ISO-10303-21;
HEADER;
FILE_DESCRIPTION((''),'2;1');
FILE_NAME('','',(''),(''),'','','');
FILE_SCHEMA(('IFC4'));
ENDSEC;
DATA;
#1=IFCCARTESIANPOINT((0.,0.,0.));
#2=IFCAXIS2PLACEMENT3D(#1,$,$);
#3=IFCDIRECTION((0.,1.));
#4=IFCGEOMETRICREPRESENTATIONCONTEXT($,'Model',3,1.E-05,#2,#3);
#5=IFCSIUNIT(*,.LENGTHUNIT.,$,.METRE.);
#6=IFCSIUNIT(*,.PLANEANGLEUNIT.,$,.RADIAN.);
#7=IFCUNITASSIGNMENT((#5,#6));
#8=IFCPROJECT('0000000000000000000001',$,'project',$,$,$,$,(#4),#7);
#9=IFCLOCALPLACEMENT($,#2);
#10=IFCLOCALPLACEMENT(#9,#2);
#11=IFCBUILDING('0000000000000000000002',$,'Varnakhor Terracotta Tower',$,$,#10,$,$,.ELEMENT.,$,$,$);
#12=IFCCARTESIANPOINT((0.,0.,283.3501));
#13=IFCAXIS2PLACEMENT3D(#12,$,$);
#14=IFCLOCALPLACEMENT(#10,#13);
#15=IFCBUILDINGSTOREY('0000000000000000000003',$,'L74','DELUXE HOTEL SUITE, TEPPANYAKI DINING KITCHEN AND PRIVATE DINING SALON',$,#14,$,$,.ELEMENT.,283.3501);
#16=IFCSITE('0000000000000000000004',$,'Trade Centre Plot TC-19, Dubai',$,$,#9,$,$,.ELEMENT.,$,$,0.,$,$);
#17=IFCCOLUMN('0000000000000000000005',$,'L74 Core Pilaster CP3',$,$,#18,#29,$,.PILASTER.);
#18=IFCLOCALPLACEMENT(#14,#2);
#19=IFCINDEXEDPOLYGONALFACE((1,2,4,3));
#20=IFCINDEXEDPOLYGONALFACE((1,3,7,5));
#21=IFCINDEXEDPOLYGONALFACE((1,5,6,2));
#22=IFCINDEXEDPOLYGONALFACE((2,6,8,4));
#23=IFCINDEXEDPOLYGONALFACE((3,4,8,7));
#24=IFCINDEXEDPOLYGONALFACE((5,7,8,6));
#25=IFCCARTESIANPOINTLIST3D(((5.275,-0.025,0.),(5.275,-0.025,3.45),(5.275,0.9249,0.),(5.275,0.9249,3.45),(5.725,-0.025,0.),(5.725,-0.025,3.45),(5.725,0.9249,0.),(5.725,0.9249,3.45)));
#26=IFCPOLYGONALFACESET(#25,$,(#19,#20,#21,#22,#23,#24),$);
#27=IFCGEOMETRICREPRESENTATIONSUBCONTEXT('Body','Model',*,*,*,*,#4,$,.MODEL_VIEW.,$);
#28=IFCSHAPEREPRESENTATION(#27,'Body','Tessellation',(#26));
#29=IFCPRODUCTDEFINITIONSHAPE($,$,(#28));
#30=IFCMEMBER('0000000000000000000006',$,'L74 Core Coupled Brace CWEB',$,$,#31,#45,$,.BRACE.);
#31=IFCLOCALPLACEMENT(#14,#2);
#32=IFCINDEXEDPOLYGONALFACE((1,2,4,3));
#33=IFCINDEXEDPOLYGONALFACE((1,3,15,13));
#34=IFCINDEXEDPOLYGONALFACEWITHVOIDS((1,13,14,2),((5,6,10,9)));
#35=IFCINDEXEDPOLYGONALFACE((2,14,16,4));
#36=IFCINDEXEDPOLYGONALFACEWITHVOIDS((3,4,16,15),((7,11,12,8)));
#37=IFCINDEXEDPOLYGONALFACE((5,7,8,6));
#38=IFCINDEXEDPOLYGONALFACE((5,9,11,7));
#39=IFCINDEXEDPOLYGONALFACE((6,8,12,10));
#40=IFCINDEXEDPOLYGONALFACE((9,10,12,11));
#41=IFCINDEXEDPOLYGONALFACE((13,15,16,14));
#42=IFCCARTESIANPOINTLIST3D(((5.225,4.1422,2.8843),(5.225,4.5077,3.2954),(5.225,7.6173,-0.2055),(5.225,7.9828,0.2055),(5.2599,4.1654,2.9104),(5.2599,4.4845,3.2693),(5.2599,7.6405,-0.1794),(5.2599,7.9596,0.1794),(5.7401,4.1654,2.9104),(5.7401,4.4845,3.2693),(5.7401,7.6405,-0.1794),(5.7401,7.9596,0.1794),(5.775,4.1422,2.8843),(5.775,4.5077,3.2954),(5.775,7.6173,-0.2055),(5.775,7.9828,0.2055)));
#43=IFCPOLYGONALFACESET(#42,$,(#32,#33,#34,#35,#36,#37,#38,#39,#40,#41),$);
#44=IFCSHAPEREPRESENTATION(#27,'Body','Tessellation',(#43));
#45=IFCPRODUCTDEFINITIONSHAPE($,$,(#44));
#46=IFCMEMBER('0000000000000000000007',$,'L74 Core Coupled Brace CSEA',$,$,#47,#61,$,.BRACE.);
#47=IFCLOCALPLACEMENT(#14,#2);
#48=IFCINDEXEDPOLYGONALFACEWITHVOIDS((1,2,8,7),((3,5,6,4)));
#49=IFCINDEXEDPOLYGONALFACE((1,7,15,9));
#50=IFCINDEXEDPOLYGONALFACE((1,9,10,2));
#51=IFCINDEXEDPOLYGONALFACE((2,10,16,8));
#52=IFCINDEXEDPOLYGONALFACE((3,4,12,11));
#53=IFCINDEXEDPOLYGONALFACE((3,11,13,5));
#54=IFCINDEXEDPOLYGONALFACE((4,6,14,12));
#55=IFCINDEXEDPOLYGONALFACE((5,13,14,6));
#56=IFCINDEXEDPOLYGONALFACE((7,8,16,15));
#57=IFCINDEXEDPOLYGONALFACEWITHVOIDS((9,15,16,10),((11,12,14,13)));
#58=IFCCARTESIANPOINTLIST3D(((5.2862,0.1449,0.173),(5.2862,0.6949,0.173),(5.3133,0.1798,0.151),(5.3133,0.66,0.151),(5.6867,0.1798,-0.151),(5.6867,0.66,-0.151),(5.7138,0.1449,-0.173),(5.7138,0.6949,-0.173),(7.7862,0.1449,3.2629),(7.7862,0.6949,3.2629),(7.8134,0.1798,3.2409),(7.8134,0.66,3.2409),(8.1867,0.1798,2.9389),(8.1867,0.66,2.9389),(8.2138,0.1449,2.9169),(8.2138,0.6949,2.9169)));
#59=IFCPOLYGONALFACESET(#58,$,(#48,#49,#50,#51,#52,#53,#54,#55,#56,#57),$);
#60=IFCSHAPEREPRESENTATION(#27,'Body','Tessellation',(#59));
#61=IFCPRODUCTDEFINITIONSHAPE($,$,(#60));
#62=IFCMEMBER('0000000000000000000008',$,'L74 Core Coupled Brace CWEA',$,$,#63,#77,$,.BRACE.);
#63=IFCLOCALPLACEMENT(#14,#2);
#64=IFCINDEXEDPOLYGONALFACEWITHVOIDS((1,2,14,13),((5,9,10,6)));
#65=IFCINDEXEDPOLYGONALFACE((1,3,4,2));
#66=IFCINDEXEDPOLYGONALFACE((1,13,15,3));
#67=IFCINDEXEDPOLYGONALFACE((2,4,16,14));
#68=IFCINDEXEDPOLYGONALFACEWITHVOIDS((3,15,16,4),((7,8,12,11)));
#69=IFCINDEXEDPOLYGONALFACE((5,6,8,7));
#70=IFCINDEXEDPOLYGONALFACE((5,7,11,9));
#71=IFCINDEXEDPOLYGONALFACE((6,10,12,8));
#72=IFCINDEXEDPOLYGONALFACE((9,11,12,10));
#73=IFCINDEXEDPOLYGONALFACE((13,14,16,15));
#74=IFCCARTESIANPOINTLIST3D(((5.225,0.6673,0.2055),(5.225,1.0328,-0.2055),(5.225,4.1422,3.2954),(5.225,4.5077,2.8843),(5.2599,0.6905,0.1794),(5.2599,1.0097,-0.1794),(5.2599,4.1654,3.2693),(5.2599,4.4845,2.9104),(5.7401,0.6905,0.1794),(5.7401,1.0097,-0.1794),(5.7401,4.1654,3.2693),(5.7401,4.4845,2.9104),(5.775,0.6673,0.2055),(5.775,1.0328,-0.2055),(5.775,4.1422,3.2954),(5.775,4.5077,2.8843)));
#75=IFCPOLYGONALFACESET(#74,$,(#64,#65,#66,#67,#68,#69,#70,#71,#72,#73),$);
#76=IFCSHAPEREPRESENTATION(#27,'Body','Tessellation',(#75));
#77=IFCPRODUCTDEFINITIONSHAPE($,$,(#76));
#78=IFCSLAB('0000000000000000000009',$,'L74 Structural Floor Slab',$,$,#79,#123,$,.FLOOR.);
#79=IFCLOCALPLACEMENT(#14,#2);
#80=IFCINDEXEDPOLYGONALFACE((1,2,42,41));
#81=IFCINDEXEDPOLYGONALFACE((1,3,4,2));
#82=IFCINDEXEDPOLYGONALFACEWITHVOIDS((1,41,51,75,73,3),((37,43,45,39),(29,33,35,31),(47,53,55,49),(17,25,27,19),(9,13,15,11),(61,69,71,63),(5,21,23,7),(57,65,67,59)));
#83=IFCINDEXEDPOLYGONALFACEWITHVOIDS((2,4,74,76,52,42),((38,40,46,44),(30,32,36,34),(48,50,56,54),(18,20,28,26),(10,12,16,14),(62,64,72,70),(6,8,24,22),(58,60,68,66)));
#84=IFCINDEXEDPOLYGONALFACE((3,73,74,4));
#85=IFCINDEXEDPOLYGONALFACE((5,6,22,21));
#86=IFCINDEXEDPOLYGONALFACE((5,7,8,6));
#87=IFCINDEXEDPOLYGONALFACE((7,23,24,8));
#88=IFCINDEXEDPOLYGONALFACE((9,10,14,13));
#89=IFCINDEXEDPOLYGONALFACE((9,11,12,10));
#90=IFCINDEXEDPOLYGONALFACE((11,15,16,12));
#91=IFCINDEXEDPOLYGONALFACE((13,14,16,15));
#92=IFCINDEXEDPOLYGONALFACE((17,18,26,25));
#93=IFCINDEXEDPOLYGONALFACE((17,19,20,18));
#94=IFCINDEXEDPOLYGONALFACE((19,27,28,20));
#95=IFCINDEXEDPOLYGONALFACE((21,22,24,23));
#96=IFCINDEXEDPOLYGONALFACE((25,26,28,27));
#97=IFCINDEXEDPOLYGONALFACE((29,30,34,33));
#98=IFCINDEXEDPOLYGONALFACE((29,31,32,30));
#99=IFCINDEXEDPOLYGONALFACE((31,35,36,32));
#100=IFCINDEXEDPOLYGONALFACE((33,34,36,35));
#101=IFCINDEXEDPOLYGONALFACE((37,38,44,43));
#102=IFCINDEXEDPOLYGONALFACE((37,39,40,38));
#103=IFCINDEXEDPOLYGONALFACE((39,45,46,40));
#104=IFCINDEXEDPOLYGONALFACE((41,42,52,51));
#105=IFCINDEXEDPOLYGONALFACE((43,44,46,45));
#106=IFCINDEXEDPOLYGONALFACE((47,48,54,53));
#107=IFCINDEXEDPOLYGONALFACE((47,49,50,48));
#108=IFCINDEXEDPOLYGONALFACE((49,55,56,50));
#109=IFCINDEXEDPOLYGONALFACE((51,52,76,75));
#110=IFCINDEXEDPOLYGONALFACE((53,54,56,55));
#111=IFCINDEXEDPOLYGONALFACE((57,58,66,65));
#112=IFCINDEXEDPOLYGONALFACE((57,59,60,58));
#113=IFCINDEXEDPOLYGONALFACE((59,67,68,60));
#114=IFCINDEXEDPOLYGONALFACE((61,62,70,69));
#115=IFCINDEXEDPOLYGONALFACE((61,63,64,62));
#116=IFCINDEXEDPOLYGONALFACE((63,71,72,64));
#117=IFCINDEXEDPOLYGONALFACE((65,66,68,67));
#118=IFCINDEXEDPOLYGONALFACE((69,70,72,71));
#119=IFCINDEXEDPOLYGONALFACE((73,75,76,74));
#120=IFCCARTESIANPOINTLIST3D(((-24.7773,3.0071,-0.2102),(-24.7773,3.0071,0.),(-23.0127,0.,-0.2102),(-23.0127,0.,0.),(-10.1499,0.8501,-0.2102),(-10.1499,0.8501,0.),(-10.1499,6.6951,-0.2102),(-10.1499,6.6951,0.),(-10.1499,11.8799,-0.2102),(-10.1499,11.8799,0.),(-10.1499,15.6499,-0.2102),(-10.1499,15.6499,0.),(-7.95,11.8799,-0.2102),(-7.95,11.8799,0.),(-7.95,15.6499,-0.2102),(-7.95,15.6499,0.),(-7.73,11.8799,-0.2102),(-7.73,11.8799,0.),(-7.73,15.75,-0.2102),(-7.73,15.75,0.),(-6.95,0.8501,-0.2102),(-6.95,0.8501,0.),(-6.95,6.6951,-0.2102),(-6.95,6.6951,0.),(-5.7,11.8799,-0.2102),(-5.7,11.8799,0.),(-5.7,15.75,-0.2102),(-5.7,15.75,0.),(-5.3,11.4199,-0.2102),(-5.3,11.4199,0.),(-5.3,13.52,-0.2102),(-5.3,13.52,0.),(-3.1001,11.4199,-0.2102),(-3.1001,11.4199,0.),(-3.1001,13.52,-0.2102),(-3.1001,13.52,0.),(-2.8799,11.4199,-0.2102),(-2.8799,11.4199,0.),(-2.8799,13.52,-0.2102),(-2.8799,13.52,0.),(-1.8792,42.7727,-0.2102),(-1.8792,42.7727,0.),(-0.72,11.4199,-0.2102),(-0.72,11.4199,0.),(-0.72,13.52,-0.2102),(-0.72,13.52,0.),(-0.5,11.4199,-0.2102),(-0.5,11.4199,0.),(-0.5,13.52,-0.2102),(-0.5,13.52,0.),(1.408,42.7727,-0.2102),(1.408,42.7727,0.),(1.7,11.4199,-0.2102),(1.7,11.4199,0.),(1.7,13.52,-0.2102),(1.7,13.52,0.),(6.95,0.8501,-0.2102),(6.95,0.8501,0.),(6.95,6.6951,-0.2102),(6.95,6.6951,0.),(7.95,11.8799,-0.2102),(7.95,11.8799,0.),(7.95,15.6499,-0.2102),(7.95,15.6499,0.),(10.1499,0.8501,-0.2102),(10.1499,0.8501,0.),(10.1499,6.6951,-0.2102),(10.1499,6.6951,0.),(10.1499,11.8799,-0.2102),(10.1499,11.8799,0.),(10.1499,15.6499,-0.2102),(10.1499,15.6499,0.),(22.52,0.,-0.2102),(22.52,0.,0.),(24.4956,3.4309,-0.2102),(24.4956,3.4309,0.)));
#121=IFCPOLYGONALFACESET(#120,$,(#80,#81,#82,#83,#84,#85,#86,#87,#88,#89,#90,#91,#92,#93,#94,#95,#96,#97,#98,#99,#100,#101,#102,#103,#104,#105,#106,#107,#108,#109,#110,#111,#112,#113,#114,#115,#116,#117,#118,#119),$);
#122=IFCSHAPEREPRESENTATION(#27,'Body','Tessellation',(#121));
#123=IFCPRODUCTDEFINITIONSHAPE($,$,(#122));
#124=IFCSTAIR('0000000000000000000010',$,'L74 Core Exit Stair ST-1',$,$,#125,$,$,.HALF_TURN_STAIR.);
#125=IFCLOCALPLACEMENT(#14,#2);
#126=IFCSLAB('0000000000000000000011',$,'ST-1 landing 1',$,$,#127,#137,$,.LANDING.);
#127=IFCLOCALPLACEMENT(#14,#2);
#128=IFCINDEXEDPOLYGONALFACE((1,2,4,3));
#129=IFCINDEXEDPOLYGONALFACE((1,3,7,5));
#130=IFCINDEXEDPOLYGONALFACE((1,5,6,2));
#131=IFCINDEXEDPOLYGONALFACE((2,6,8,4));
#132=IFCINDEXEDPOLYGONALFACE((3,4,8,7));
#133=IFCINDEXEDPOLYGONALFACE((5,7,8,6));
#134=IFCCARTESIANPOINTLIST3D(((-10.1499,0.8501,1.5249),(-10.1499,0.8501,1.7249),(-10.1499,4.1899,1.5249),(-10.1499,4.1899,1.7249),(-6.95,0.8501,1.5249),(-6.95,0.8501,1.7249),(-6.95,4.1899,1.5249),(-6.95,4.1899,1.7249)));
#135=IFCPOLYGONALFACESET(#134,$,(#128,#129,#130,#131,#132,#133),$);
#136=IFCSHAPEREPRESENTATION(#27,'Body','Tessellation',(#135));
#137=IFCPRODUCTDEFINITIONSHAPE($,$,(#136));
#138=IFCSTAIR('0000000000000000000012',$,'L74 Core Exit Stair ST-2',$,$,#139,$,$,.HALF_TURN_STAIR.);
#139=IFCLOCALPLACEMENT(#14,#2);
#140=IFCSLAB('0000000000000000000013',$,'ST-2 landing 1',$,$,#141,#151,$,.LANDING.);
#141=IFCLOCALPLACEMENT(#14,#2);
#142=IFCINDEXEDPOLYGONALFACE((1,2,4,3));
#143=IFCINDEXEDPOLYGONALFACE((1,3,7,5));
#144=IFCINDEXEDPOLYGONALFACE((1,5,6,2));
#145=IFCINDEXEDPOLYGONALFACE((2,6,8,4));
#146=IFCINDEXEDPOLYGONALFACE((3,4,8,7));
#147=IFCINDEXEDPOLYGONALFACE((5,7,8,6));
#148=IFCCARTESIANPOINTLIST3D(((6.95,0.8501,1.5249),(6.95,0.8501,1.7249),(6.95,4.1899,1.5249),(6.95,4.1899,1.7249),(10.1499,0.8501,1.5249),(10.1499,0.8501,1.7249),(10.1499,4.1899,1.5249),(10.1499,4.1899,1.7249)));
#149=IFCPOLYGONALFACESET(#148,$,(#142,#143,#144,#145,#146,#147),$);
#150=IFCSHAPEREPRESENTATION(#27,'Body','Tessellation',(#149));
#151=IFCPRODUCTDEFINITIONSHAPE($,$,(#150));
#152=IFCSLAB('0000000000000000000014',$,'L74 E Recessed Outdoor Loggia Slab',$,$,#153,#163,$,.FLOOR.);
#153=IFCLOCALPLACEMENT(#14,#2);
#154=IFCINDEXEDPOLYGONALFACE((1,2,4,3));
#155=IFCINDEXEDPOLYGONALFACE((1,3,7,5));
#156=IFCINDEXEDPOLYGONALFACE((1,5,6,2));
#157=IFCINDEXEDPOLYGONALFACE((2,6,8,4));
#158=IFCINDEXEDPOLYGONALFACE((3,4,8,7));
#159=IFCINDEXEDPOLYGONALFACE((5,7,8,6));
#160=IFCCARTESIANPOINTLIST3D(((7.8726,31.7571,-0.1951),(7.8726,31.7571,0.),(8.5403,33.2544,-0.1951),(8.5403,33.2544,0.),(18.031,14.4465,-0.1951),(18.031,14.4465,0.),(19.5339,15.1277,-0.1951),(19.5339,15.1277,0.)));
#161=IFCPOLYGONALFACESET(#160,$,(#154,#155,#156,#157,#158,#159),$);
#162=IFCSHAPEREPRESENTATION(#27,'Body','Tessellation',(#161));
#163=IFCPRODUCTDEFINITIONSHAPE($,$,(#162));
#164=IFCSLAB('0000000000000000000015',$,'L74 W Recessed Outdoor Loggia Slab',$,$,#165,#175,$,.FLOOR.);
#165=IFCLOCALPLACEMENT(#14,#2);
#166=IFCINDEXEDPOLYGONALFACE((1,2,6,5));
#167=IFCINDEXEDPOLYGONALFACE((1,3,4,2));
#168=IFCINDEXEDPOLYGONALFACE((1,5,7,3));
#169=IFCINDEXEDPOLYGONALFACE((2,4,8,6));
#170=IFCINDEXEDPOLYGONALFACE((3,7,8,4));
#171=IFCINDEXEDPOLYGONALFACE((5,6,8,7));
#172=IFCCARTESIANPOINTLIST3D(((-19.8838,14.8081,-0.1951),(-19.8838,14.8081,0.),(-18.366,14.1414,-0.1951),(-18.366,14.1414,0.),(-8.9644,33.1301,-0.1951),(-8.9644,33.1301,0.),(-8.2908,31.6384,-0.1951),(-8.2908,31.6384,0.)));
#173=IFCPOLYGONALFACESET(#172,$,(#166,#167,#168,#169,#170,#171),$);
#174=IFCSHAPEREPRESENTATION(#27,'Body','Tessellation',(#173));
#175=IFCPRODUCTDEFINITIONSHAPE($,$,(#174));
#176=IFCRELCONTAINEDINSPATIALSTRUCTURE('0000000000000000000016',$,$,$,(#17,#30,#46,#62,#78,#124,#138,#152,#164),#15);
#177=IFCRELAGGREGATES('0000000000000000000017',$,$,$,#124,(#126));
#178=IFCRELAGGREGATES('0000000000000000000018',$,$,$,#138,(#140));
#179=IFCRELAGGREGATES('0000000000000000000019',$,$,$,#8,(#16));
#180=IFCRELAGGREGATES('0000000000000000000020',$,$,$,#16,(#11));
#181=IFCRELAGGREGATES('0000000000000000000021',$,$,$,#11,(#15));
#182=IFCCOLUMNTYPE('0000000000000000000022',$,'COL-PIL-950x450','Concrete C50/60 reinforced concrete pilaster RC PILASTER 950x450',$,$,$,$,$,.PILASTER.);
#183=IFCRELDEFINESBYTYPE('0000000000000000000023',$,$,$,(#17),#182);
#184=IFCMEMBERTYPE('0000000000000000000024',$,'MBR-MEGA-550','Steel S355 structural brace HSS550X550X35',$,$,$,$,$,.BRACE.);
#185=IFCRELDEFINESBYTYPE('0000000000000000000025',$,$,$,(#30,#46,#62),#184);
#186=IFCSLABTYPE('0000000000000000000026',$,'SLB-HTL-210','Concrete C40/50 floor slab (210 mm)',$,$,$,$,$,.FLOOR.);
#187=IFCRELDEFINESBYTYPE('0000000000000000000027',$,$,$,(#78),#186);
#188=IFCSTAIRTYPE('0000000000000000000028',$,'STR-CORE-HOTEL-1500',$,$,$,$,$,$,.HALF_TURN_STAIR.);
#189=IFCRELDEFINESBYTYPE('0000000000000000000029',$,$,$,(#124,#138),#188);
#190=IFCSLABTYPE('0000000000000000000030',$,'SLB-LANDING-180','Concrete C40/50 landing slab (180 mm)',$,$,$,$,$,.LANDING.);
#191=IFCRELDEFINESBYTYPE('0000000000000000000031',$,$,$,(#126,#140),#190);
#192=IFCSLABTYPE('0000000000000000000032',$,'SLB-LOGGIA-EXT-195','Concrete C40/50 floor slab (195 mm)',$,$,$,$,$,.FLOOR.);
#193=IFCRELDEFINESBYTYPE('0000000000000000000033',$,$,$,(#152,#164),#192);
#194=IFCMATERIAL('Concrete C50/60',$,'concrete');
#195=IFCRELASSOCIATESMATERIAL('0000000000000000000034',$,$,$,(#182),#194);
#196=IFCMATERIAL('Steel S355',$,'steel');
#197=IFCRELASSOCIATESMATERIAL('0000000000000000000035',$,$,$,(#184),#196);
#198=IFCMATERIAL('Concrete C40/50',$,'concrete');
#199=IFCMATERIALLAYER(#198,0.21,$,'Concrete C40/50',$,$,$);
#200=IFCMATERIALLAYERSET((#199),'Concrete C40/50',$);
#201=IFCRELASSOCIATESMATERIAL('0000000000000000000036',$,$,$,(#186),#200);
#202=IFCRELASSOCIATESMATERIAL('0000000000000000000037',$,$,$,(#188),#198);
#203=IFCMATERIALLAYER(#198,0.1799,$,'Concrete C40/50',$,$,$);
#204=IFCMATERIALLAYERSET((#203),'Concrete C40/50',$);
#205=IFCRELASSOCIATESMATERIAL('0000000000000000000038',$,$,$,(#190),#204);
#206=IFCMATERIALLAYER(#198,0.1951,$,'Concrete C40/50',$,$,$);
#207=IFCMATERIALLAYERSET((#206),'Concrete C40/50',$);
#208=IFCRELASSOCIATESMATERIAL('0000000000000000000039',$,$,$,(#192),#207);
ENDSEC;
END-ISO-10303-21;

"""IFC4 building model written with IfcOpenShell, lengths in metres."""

from ifc_helpers import new_model, si_unit, direction, frame, origin, origin_2d, place, context, subcontext, project, spatial, polyline, rectangle, hollow_rectangle, outline, extrude, source, transform, mapped, material, layer, layer_set, material_profile, profile_set, type_object, element, aggregate, save


model = new_model("IFC4")

# Units and contexts
model_context = context("Model", 3, precision=1e-05, world=origin(), true_north=direction((0.0, 1.0)))
body_context = subcontext(model_context, "Body", "Model", "MODEL_VIEW")
ifc_project = project(units=[si_unit("LENGTHUNIT", "METRE"), si_unit("PLANEANGLEUNIT", "RADIAN")], contexts=[model_context])

# Site, building, storey
site_placement = place(None, origin())
site = spatial("IfcSite", under=ifc_project, at=site_placement, Name="Trade Centre Plot TC-19, Dubai", CompositionType="ELEMENT", RefElevation=0.0)
building_placement = place(site_placement, origin())
building = spatial("IfcBuilding", under=site, at=building_placement, Name="Varnakhor Terracotta Tower", CompositionType="ELEMENT")
storey_placement = place(building_placement, frame((0.0, 0.0, 283.3501)))
storey = spatial("IfcBuildingStorey", under=building, at=storey_placement, Name="L74", Description="DELUXE HOTEL SUITE, TEPPANYAKI DINING KITCHEN AND PRIVATE DINING SALON", CompositionType="ELEMENT", Elevation=283.3501)

# Column
ifc_material_1 = material(Name="Concrete C50/60", Category="concrete")
ifc_material_profile_1 = material_profile(ifc_material_1, rectangle(XDim=0.45, YDim=0.95, at=origin_2d()), Name="RC PILASTER 950x450")
ifc_profile_set_1 = profile_set([ifc_material_profile_1], Name="Concrete C50/60")
column_type = type_object("IfcColumnType", Name="COL-PIL-950x450", Description="Concrete C50/60 reinforced concrete pilaster RC PILASTER 950x450", PredefinedType="PILASTER", material=ifc_profile_set_1)
shared_shape_1 = source(origin(), body_context, "Body", "SweptSolid", [
    extrude(rectangle(XDim=0.45, YDim=0.95, at=origin_2d()), origin(), (0.0, 0.0, 1.0), 3.45),
])
column_placement = place(storey_placement, frame((5.5, 0.45, 0.0), z_axis=(0.0, 0.0, 1.0), x_axis=(1.0, 0.0, 0.0)))
element("IfcColumn", 1, at=column_placement, inside=storey, type_object=column_type, Name="L74 Core Pilaster CP3", PredefinedType="PILASTER", context=body_context, shape_type="MappedRepresentation", body=[
    mapped(shared_shape_1, transform((0.0, 0.0, 0.0), scale=1.0)),
])

# Members
ifc_material_2 = material(Name="Steel S355", Category="steel")
ifc_material_profile_2 = material_profile(ifc_material_2, hollow_rectangle(XDim=0.55, YDim=0.55, WallThickness=0.0349, at=origin_2d()), Name="HSS550X550X35")
ifc_profile_set_2 = profile_set([ifc_material_profile_2], Name="Steel S355")
member_type = type_object("IfcMemberType", Name="MBR-MEGA-550", Description="Steel S355 structural brace HSS550X550X35", PredefinedType="BRACE", material=ifc_profile_set_2)
shared_shape_2 = source(origin(), body_context, "Body", "SweptSolid", [
    extrude(hollow_rectangle(XDim=0.55, YDim=0.55, WallThickness=0.0349, at=origin_2d()), origin(), (0.0, 0.0, 1.0), 4.6501),
])
member_1_placement = place(storey_placement, frame((5.5, 7.8, 0.0), z_axis=(0.0, -0.747317, 0.664468), x_axis=(1.0, 0.0, 0.0)))
element("IfcMember", 2, at=member_1_placement, inside=storey, type_object=member_type, Name="L74 Core Coupled Brace CWEB", PredefinedType="BRACE", context=body_context, shape_type="MappedRepresentation", body=[
    mapped(shared_shape_2, transform((0.0, 0.0, 0.0), scale=1.0)),
])
shared_shape_3 = source(origin(), body_context, "Body", "SweptSolid", [
    extrude(hollow_rectangle(XDim=0.55, YDim=0.55, WallThickness=0.0349, at=origin_2d()), origin(), (0.0, 0.0, 1.0), 3.9746),
])
member_2_placement = place(storey_placement, frame((5.5, 0.4199, 0.0), z_axis=(0.629, 0.0, 0.777405), x_axis=(0.0, 1.0, 0.0)))
element("IfcMember", 3, at=member_2_placement, inside=storey, type_object=member_type, Name="L74 Core Coupled Brace CSEA", PredefinedType="BRACE", context=body_context, shape_type="MappedRepresentation", body=[
    mapped(shared_shape_3, transform((0.0, 0.0, 0.0), scale=1.0)),
])
shared_shape_4 = source(origin(), body_context, "Body", "SweptSolid", [
    extrude(hollow_rectangle(XDim=0.55, YDim=0.55, WallThickness=0.0349, at=origin_2d()), origin(), (0.0, 0.0, 1.0), 4.6499),
])
member_3_placement = place(storey_placement, frame((5.5, 0.8501, 0.0), z_axis=(0.0, 0.747293, 0.664494), x_axis=(-1.0, 0.0, 0.0)))
element("IfcMember", 4, at=member_3_placement, inside=storey, type_object=member_type, Name="L74 Core Coupled Brace CWEA", PredefinedType="BRACE", context=body_context, shape_type="MappedRepresentation", body=[
    mapped(shared_shape_4, transform((0.0, 0.0, 0.0), scale=1.0)),
])

# Slab
ifc_material_3 = material(Name="Concrete C40/50", Category="concrete")
ifc_layer_1 = layer(ifc_material_3, 0.21, Name="Concrete C40/50")
ifc_layer_set_1 = layer_set([ifc_layer_1], Name="Concrete C40/50")
slab_type_1 = type_object("IfcSlabType", Name="SLB-HTL-210", Description="Concrete C40/50 floor slab (210 mm)", PredefinedType="FLOOR", material=ifc_layer_set_1)
slab_1_placement = place(storey_placement, frame((0.0, 0.0, -0.2102)))
element("IfcSlab", 5, at=slab_1_placement, inside=storey, type_object=slab_type_1, Name="L74 Structural Floor Slab", PredefinedType="FLOOR", context=body_context, shape_type="SweptSolid", body=[
    extrude(outline(polyline([(-24.7773, 3.0071), (-1.8792, 42.7727), (1.408, 42.7727), (24.4956, 3.4309), (22.52, 0.0), (-23.0127, 0.0), (-24.7773, 3.0071)]), holes=[polyline([(-6.95, 0.8501), (-6.95, 6.6951), (-10.1499, 6.6951), (-10.1499, 0.8501), (-6.95, 0.8501)]), polyline([(10.1499, 0.8501), (10.1499, 6.6951), (6.95, 6.6951), (6.95, 0.8501), (10.1499, 0.8501)]), polyline([(-3.1001, 11.4199), (-3.1001, 13.52), (-5.3, 13.52), (-5.3, 11.4199), (-3.1001, 11.4199)]), polyline([(-0.72, 11.4199), (-0.72, 13.52), (-2.8799, 13.52), (-2.8799, 11.4199), (-0.72, 11.4199)]), polyline([(1.7, 11.4199), (1.7, 13.52), (-0.5, 13.52), (-0.5, 11.4199), (1.7, 11.4199)]), polyline([(-7.95, 11.8799), (-7.95, 15.6499), (-10.1499, 15.6499), (-10.1499, 11.8799), (-7.95, 11.8799)]), polyline([(10.1499, 11.8799), (10.1499, 15.6499), (7.95, 15.6499), (7.95, 11.8799), (10.1499, 11.8799)]), polyline([(-5.7, 11.8799), (-5.7, 15.75), (-7.73, 15.75), (-7.73, 11.8799), (-5.7, 11.8799)])]), origin(), (0.0, 0.0, 1.0), 0.2102),
])

# Stairs, slabs
stair_type = type_object("IfcStairType", Name="STR-CORE-HOTEL-1500", PredefinedType="HALF_TURN_STAIR", material=ifc_material_3)
stair_1_placement = place(storey_placement, origin())
stair_1 = element("IfcStair", 6, at=stair_1_placement, inside=storey, type_object=stair_type, Name="L74 Core Exit Stair ST-1", PredefinedType="HALF_TURN_STAIR")
ifc_layer_2 = layer(ifc_material_3, 0.1799, Name="Concrete C40/50")
ifc_layer_set_2 = layer_set([ifc_layer_2], Name="Concrete C40/50")
slab_type_2 = type_object("IfcSlabType", Name="SLB-LANDING-180", Description="Concrete C40/50 landing slab (180 mm)", PredefinedType="LANDING", material=ifc_layer_set_2)
slab_2_placement = place(storey_placement, frame((0.0, 0.0, 1.5249)))
slab_2 = element("IfcSlab", 7, at=slab_2_placement, type_object=slab_type_2, Name="ST-1 landing 1", PredefinedType="LANDING", context=body_context, shape_type="SweptSolid", body=[
    extrude(outline(polyline([(-10.1499, 4.1899), (-10.1499, 0.8501), (-6.95, 0.8501), (-6.95, 4.1899), (-10.1499, 4.1899)])), origin(), (0.0, 0.0, 1.0), 0.2),
])
aggregate(stair_1, [slab_2])
stair_2_placement = place(storey_placement, origin())
stair_2 = element("IfcStair", 8, at=stair_2_placement, inside=storey, type_object=stair_type, Name="L74 Core Exit Stair ST-2", PredefinedType="HALF_TURN_STAIR")
slab_3_placement = place(storey_placement, frame((0.0, 0.0, 1.5249)))
slab_3 = element("IfcSlab", 9, at=slab_3_placement, type_object=slab_type_2, Name="ST-2 landing 1", PredefinedType="LANDING", context=body_context, shape_type="SweptSolid", body=[
    extrude(outline(polyline([(6.95, 4.1899), (6.95, 0.8501), (10.1499, 0.8501), (10.1499, 4.1899), (6.95, 4.1899)])), origin(), (0.0, 0.0, 1.0), 0.2),
])

# Slabs
ifc_layer_3 = layer(ifc_material_3, 0.1951, Name="Concrete C40/50")
ifc_layer_set_3 = layer_set([ifc_layer_3], Name="Concrete C40/50")
slab_type_3 = type_object("IfcSlabType", Name="SLB-LOGGIA-EXT-195", Description="Concrete C40/50 floor slab (195 mm)", PredefinedType="FLOOR", material=ifc_layer_set_3)
slab_4_placement = place(storey_placement, frame((0.0, 0.0, -0.1951)))
element("IfcSlab", 10, at=slab_4_placement, inside=storey, type_object=slab_type_3, Name="L74 E Recessed Outdoor Loggia Slab", PredefinedType="FLOOR", context=body_context, shape_type="SweptSolid", body=[
    extrude(outline(polyline([(8.5403, 33.2544), (19.5339, 15.1277), (18.031, 14.4465), (7.8726, 31.7571), (8.5403, 33.2544)])), origin(), (0.0, 0.0, 1.0), 0.1951),
])
slab_5_placement = place(storey_placement, frame((0.0, 0.0, -0.1951)))
element("IfcSlab", 11, at=slab_5_placement, inside=storey, type_object=slab_type_3, Name="L74 W Recessed Outdoor Loggia Slab", PredefinedType="FLOOR", context=body_context, shape_type="SweptSolid", body=[
    extrude(outline(polyline([(-19.8838, 14.8081), (-8.9644, 33.1301), (-8.2908, 31.6384), (-18.366, 14.1414), (-19.8838, 14.8081)])), origin(), (0.0, 0.0, 1.0), 0.1951),
])

aggregate(stair_2, [slab_3])

save(model, "model.ifc")
